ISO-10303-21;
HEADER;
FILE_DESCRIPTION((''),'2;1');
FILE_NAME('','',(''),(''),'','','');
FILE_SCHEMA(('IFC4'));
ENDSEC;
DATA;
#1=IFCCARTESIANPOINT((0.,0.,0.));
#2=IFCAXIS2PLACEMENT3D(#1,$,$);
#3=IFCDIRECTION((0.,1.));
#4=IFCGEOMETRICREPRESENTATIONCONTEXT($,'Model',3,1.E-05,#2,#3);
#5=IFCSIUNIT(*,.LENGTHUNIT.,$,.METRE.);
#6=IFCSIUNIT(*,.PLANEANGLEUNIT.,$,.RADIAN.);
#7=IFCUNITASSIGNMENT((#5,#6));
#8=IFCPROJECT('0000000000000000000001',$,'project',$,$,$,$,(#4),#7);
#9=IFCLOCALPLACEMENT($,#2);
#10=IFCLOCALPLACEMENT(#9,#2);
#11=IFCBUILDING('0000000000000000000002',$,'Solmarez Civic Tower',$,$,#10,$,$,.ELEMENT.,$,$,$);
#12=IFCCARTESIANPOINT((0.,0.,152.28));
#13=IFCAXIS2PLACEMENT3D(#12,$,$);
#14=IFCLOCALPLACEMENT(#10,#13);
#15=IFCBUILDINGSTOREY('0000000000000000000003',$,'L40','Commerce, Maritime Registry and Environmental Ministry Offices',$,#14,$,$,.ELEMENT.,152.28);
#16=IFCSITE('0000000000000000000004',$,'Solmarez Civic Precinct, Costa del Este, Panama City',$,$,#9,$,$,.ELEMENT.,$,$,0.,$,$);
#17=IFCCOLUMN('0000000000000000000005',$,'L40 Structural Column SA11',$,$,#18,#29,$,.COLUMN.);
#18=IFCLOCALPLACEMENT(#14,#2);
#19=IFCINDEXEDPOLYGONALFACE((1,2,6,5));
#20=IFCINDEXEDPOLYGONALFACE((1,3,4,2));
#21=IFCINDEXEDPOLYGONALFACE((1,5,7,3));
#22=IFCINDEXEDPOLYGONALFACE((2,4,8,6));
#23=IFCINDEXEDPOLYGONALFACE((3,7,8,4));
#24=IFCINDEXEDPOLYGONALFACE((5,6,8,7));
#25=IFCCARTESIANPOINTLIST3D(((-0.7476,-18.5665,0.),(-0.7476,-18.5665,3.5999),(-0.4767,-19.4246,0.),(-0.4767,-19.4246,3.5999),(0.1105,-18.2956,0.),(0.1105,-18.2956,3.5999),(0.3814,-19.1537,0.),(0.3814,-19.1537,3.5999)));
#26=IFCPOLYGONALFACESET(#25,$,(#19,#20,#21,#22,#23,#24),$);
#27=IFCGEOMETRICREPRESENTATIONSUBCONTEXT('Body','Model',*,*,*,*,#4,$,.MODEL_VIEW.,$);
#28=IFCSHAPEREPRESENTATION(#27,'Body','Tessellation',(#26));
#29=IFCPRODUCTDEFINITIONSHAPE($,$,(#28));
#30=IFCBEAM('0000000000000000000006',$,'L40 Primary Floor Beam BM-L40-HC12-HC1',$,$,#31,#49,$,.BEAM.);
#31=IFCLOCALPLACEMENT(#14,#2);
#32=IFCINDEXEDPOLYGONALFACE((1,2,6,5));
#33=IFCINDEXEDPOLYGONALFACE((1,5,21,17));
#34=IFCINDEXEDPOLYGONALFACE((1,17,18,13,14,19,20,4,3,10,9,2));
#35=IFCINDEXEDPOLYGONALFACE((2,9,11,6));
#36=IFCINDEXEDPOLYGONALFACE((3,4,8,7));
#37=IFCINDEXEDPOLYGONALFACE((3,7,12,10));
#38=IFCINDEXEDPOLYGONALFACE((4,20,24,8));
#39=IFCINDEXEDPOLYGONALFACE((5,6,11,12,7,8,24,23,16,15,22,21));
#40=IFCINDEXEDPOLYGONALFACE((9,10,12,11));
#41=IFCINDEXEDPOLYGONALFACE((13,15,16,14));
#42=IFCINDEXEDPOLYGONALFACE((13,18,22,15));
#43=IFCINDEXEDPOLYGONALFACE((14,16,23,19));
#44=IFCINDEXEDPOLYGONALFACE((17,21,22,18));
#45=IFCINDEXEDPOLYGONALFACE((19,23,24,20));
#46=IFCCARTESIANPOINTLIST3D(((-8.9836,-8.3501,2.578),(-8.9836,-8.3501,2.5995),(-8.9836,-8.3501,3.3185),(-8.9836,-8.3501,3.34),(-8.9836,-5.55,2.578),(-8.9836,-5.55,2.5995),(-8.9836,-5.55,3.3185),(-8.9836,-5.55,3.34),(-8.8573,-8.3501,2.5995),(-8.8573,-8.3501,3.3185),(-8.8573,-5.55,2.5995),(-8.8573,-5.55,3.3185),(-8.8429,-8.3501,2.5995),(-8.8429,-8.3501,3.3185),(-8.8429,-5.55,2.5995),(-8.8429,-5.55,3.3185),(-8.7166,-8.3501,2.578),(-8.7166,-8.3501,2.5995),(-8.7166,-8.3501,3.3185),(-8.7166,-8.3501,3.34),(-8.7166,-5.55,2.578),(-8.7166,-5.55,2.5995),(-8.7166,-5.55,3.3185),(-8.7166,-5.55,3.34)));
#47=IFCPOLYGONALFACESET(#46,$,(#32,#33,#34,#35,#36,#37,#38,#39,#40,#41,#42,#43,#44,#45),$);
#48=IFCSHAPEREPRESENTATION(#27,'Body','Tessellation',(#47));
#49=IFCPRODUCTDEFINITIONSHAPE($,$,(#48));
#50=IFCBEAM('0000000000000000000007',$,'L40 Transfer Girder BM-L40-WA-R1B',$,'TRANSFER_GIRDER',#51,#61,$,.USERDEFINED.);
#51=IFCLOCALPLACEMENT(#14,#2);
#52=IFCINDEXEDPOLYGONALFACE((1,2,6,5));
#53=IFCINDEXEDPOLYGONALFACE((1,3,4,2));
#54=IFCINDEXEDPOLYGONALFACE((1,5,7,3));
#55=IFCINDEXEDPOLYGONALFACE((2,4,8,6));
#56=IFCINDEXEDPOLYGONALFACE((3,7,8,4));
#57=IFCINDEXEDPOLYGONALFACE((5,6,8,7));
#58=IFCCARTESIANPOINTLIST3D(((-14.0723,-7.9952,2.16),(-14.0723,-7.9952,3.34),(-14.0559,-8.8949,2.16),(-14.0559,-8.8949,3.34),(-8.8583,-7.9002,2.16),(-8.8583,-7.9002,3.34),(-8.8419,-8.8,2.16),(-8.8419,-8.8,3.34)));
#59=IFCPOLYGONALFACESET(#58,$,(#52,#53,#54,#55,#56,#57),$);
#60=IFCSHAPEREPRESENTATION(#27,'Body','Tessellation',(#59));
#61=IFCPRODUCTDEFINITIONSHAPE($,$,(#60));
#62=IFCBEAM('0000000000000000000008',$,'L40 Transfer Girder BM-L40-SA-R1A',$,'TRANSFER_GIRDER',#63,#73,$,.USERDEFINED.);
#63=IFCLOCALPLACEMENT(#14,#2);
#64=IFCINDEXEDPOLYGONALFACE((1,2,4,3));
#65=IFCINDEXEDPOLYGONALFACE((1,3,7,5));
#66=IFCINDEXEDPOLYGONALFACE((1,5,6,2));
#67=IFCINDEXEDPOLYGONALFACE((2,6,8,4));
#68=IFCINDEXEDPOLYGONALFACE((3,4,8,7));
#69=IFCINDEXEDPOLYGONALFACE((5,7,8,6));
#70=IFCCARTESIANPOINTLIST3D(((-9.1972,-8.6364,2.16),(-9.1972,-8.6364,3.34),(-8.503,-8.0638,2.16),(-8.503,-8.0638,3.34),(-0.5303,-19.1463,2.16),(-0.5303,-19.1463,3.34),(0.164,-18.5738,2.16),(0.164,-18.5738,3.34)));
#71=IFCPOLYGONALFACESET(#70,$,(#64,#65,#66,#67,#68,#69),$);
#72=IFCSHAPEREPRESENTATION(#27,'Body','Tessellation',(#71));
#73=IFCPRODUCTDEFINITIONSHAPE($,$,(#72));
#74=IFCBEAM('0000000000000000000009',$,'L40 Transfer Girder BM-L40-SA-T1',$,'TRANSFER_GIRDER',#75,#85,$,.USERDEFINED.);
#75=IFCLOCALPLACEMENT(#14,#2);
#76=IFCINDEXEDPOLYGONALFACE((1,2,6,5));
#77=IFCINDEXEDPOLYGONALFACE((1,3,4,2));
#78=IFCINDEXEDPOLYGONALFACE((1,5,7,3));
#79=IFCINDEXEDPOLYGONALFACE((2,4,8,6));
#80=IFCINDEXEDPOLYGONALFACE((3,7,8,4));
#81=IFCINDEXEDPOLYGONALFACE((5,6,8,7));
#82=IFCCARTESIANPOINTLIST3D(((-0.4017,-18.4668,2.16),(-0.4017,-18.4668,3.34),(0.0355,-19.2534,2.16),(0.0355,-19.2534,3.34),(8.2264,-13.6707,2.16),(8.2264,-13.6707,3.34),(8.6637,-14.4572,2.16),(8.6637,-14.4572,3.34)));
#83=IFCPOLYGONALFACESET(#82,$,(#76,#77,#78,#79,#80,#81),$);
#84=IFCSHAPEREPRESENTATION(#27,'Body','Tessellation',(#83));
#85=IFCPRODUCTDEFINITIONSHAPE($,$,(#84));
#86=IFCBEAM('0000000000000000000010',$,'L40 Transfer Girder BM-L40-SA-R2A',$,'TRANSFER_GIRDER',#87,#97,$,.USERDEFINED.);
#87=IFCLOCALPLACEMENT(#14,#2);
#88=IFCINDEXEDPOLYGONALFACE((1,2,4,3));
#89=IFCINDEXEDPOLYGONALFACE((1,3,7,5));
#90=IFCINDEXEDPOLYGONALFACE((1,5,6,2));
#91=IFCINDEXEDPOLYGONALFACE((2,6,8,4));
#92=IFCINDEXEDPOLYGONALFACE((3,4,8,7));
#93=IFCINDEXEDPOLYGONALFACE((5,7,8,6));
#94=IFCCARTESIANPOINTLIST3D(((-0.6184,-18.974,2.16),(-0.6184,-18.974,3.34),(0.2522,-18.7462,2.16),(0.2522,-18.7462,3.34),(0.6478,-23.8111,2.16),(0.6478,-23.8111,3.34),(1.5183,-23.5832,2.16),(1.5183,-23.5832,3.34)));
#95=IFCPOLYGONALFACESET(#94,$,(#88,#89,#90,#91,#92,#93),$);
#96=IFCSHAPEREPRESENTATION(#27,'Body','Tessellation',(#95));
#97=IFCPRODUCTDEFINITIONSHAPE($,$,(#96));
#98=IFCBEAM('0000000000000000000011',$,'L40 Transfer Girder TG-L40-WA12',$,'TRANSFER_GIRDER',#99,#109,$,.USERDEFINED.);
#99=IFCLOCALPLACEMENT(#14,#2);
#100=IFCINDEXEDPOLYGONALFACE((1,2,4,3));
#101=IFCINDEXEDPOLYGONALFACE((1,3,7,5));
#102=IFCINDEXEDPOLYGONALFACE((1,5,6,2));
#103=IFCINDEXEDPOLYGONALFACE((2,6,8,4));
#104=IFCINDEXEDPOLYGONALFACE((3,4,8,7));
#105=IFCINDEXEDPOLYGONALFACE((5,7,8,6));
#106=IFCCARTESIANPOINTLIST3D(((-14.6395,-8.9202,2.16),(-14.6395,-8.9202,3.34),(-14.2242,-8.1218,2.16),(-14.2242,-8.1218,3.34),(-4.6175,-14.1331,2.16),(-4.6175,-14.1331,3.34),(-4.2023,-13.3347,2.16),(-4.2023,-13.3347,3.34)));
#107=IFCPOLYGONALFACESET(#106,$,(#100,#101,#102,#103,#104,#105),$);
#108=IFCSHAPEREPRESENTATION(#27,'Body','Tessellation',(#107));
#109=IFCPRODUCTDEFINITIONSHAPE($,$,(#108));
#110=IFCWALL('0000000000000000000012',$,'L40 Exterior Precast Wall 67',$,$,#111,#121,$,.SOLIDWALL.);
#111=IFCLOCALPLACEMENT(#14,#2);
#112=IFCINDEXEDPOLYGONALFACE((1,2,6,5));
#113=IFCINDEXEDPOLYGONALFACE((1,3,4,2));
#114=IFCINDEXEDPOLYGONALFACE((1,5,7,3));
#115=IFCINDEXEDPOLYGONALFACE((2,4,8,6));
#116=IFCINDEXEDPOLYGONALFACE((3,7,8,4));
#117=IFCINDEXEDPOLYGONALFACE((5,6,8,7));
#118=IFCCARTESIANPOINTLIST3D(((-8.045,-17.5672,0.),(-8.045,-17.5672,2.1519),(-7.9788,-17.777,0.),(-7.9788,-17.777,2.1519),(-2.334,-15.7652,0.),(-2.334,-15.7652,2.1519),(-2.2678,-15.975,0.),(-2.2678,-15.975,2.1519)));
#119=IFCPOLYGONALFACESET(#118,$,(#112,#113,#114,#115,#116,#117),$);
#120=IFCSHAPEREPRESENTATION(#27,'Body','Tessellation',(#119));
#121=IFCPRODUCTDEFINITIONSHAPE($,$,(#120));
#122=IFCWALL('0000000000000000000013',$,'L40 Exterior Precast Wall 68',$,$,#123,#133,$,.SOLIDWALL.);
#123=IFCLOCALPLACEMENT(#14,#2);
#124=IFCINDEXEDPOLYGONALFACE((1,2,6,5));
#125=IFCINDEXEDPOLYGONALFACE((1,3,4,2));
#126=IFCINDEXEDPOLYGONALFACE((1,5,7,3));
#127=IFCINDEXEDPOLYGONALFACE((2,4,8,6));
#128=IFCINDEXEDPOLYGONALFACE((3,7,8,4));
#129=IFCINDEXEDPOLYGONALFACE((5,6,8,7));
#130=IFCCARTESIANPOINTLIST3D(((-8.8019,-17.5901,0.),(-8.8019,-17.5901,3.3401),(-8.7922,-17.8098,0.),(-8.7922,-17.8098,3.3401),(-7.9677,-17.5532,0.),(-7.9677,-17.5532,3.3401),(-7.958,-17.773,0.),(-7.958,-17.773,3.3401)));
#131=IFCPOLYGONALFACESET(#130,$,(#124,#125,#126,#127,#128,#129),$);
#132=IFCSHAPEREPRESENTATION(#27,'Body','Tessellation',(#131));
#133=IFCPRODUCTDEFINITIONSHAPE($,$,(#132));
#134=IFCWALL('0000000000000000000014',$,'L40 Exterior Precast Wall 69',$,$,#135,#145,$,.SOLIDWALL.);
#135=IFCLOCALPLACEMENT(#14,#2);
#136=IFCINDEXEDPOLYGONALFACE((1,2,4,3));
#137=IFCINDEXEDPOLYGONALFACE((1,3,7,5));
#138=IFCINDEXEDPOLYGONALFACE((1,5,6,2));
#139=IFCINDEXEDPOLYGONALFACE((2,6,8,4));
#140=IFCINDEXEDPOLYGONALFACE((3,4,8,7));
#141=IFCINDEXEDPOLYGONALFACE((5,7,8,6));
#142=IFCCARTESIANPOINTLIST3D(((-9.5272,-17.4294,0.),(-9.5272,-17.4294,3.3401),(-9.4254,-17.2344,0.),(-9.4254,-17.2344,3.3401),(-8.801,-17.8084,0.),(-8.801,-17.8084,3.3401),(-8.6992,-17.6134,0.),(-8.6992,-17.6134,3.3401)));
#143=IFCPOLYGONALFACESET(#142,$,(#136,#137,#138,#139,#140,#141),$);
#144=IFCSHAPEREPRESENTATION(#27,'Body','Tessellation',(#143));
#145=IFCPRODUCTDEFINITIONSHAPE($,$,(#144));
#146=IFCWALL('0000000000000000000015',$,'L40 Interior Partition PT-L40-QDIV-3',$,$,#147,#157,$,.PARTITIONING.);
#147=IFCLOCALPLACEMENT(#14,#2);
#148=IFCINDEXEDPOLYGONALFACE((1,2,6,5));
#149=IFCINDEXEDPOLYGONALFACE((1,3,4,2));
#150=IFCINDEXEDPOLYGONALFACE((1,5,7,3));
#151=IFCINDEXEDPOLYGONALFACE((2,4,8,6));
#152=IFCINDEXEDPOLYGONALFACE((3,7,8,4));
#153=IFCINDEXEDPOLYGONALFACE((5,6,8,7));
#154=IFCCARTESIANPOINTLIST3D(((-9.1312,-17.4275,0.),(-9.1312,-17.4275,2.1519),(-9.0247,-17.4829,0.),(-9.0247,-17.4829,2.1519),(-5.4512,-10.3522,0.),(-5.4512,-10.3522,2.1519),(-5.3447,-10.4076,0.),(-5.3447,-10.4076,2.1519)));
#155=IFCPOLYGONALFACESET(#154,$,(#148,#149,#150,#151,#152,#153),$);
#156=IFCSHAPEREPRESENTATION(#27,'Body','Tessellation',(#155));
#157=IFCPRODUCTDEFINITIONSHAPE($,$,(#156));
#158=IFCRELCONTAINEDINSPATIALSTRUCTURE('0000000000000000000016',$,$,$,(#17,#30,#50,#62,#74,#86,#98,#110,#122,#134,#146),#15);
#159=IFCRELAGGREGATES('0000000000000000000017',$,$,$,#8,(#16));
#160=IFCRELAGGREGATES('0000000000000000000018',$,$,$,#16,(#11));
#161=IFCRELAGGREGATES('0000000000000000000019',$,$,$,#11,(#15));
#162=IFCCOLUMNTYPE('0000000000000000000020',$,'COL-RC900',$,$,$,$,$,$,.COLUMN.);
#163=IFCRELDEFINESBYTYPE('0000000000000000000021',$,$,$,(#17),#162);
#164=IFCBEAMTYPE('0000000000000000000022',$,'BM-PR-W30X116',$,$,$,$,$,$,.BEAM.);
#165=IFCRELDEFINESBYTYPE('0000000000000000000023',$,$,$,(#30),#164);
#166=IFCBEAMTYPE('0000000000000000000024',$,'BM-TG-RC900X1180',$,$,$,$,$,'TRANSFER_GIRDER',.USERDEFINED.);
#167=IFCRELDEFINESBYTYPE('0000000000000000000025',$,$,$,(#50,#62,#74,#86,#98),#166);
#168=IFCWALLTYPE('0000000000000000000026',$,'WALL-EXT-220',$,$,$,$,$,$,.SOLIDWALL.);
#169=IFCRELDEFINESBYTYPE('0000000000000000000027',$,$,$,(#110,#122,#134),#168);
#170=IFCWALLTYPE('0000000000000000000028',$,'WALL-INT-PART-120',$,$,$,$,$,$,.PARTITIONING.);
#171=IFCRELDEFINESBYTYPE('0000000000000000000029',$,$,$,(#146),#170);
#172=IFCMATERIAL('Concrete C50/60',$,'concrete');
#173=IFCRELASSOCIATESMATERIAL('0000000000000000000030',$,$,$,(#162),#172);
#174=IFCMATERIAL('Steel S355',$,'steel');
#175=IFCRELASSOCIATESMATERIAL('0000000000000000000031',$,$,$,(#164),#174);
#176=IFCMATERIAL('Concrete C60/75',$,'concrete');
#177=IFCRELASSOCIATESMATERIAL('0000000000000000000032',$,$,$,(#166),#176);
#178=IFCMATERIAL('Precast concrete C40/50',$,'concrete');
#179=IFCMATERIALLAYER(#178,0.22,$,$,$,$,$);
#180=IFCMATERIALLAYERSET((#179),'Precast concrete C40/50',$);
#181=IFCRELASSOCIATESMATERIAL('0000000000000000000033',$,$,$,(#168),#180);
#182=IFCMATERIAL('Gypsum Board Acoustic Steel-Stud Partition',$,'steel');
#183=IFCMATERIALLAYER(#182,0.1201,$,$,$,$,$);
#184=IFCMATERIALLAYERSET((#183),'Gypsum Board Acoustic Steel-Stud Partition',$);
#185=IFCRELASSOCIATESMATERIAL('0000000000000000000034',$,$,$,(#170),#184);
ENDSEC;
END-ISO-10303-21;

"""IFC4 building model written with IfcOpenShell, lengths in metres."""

from ifc_helpers import new_model, si_unit, direction, frame, frame_2d, origin, origin_2d, place, context, subcontext, project, spatial, rectangle, i_section, extrude, material, layer, layer_set, material_profile, profile_set, type_object, element, save


model = new_model("IFC4")

# Units and contexts
model_context = context("Model", 3, precision=1e-05, world=origin(), true_north=direction((0.0, 1.0)))
body_context = subcontext(model_context, "Body", "Model", "MODEL_VIEW")
ifc_project = project(units=[si_unit("LENGTHUNIT", "METRE"), si_unit("PLANEANGLEUNIT", "RADIAN")], contexts=[model_context])

# Site, building, storey
site_placement = place(None, origin())
site = spatial("IfcSite", under=ifc_project, at=site_placement, Name="Solmarez Civic Precinct, Costa del Este, Panama City", CompositionType="ELEMENT", RefElevation=0.0)
building_placement = place(site_placement, origin())
building = spatial("IfcBuilding", under=site, at=building_placement, Name="Solmarez Civic Tower", CompositionType="ELEMENT")
storey_placement = place(building_placement, frame((0.0, 0.0, 152.28)))
storey = spatial("IfcBuildingStorey", under=building, at=storey_placement, Name="L40", Description="Commerce, Maritime Registry and Environmental Ministry Offices", CompositionType="ELEMENT", Elevation=152.28)

# Column
ifc_material_1 = material(Name="Concrete C50/60", Category="concrete")
ifc_material_profile_1 = material_profile(ifc_material_1, rectangle(XDim=0.8999, YDim=0.8999, at=origin_2d()), Name="RC900X900")
ifc_profile_set_1 = profile_set([ifc_material_profile_1], Name="Concrete C50/60")
column_type = type_object("IfcColumnType", Name="COL-RC900", PredefinedType="COLUMN", material=ifc_profile_set_1)
column_placement = place(storey_placement, frame((-0.1831, -18.8601, 0.0), z_axis=(0.0, 0.0, 1.0), x_axis=(0.953612, 0.301039, 0.0)))
element("IfcColumn", 1, at=column_placement, inside=storey, type_object=column_type, Name="L40 Structural Column SA11", PredefinedType="COLUMN", context=body_context, shape_type="SweptSolid", body=[
    extrude(rectangle(XDim=0.8999, YDim=0.8999, at=origin_2d()), origin(), (0.0, 0.0, 1.0), 3.5999),
])

# Beams
ifc_material_2 = material(Name="Steel S355", Category="steel")
ifc_material_profile_2 = material_profile(ifc_material_2, i_section(OverallWidth=0.2671, OverallDepth=0.762, WebThickness=0.0144, FlangeThickness=0.0215, at=origin_2d()), Name="W30X116")
ifc_profile_set_2 = profile_set([ifc_material_profile_2], Name="Steel S355")
beam_type_1 = type_object("IfcBeamType", Name="BM-PR-W30X116", PredefinedType="BEAM", material=ifc_profile_set_2)
beam_1_placement = place(storey_placement, frame((-8.8501, -8.3501, 2.959), z_axis=(0.0, 1.0, 0.0), x_axis=(-1.0, 0.0, 0.0)))
element("IfcBeam", 2, at=beam_1_placement, inside=storey, type_object=beam_type_1, Name="L40 Primary Floor Beam BM-L40-HC12-HC1", PredefinedType="BEAM", context=body_context, shape_type="SweptSolid", body=[
    extrude(i_section(OverallWidth=0.2671, OverallDepth=0.762, WebThickness=0.0144, FlangeThickness=0.0215, at=origin_2d()), origin(), (0.0, 0.0, 1.0), 2.8),
])
ifc_material_3 = material(Name="Concrete C60/75", Category="concrete")
ifc_material_profile_3 = material_profile(ifc_material_3, rectangle(XDim=0.8999, YDim=1.1799, at=origin_2d()), Name="RC900X1180")
ifc_profile_set_3 = profile_set([ifc_material_profile_3], Name="Concrete C60/75")
beam_type_2 = type_object("IfcBeamType", Name="BM-TG-RC900X1180", ElementType="TRANSFER_GIRDER", PredefinedType="USERDEFINED", material=ifc_profile_set_3)
beam_2_placement = place(storey_placement, frame((-8.8501, -8.3501, 2.75), z_axis=(-0.999834, -0.018212, 0.0), x_axis=(0.018212, -0.999834, 0.0)))
element("IfcBeam", 3, at=beam_2_placement, inside=storey, type_object=beam_type_2, Name="L40 Transfer Girder BM-L40-WA-R1B", ObjectType="TRANSFER_GIRDER", PredefinedType="USERDEFINED", context=body_context, shape_type="SweptSolid", body=[
    extrude(rectangle(XDim=0.8999, YDim=1.1799, at=origin_2d()), origin(), (0.0, 0.0, 1.0), 5.2148),
])
beam_3_placement = place(storey_placement, frame((-8.8501, -8.3501, 2.75), z_axis=(0.636218, -0.771509, 0.0), x_axis=(0.771509, 0.636218, 0.0)))
element("IfcBeam", 4, at=beam_3_placement, inside=storey, type_object=beam_type_2, Name="L40 Transfer Girder BM-L40-SA-R1A", ObjectType="TRANSFER_GIRDER", PredefinedType="USERDEFINED", context=body_context, shape_type="SweptSolid", body=[
    extrude(rectangle(XDim=0.8999, YDim=1.1799, at=origin_2d()), origin(), (0.0, 0.0, 1.0), 13.6226),
])
beam_4_placement = place(storey_placement, frame((-0.1831, -18.8601, 2.75), z_axis=(0.874041, 0.485853, 0.0), x_axis=(-0.485853, 0.874041, 0.0)))
element("IfcBeam", 5, at=beam_4_placement, inside=storey, type_object=beam_type_2, Name="L40 Transfer Girder BM-L40-SA-T1", ObjectType="TRANSFER_GIRDER", PredefinedType="USERDEFINED", context=body_context, shape_type="SweptSolid", body=[
    extrude(rectangle(XDim=0.8999, YDim=1.1799, at=origin_2d()), origin(), (0.0, 0.0, 1.0), 9.8716),
])
beam_5_placement = place(storey_placement, frame((-0.1831, -18.8601, 2.75), z_axis=(0.253229, -0.967406, 0.0), x_axis=(0.967406, 0.253229, 0.0)))
element("IfcBeam", 6, at=beam_5_placement, inside=storey, type_object=beam_type_2, Name="L40 Transfer Girder BM-L40-SA-R2A", ObjectType="TRANSFER_GIRDER", PredefinedType="USERDEFINED", context=body_context, shape_type="SweptSolid", body=[
    extrude(rectangle(XDim=0.8999, YDim=1.1799, at=origin_2d()), origin(), (0.0, 0.0, 1.0), 5.0),
])
beam_6_placement = place(storey_placement, frame((-4.4099, -13.7339, 2.75), z_axis=(-0.887164, 0.461455, 0.0), x_axis=(-0.461455, -0.887164, 0.0)))
element("IfcBeam", 7, at=beam_6_placement, inside=storey, type_object=beam_type_2, Name="L40 Transfer Girder TG-L40-WA12", ObjectType="TRANSFER_GIRDER", PredefinedType="USERDEFINED", context=body_context, shape_type="SweptSolid", body=[
    extrude(rectangle(XDim=0.8999, YDim=1.1799, at=origin_2d()), origin(), (0.0, 0.0, 1.0), 11.2966),
])

# Walls
ifc_material_4 = material(Name="Precast concrete C40/50", Category="concrete")
ifc_layer_1 = layer(ifc_material_4, 0.22)
ifc_layer_set_1 = layer_set([ifc_layer_1], Name="Precast concrete C40/50")
wall_type_1 = type_object("IfcWallType", Name="WALL-EXT-220", PredefinedType="SOLIDWALL", material=ifc_layer_set_1)
wall_1_placement = place(storey_placement, frame((-2.301, -15.8701, 0.0), z_axis=(0.0, 0.0, 1.0), x_axis=(-0.953652, -0.300911, 0.0)))
element("IfcWall", 8, at=wall_1_placement, inside=storey, type_object=wall_type_1, Name="L40 Exterior Precast Wall 67", PredefinedType="SOLIDWALL", context=body_context, shape_type="SweptSolid", body=[
    extrude(rectangle(XDim=5.9885, YDim=0.22, at=frame_2d((2.9941, 0.0))), origin(), (0.0, 0.0, 1.0), 2.1519),
])
wall_2_placement = place(storey_placement, frame((-7.9629, -17.6631, 0.0), z_axis=(0.0, 0.0, 1.0), x_axis=(-0.999025, -0.044148, 0.0)))
element("IfcWall", 9, at=wall_2_placement, inside=storey, type_object=wall_type_1, Name="L40 Exterior Precast Wall 68", PredefinedType="SOLIDWALL", context=body_context, shape_type="SweptSolid", body=[
    extrude(rectangle(XDim=0.835, YDim=0.22, at=frame_2d((0.4175, 0.0))), origin(), (0.0, 0.0, 1.0), 3.3401),
])
wall_3_placement = place(storey_placement, frame((-8.75, -17.7109, 0.0), z_axis=(0.0, 0.0, 1.0), x_axis=(-0.886542, 0.462648, 0.0)))
element("IfcWall", 10, at=wall_3_placement, inside=storey, type_object=wall_type_1, Name="L40 Exterior Precast Wall 69", PredefinedType="SOLIDWALL", context=body_context, shape_type="SweptSolid", body=[
    extrude(rectangle(XDim=0.8191, YDim=0.22, at=frame_2d((0.4097, 0.0))), origin(), (0.0, 0.0, 1.0), 3.3401),
])
ifc_material_5 = material(Name="Gypsum Board Acoustic Steel-Stud Partition", Category="steel")
ifc_layer_2 = layer(ifc_material_5, 0.1201)
ifc_layer_set_2 = layer_set([ifc_layer_2], Name="Gypsum Board Acoustic Steel-Stud Partition")
wall_type_2 = type_object("IfcWallType", Name="WALL-INT-PART-120", PredefinedType="PARTITIONING", material=ifc_layer_set_2)
wall_4_placement = place(storey_placement, frame((-5.3979, -10.3799, 0.0), z_axis=(0.0, 0.0, 1.0), x_axis=(-0.461435, -0.887174, 0.0)))
element("IfcWall", 11, at=wall_4_placement, inside=storey, type_object=wall_type_2, Name="L40 Interior Partition PT-L40-QDIV-3", PredefinedType="PARTITIONING", context=body_context, shape_type="SweptSolid", body=[
    extrude(rectangle(XDim=7.9751, YDim=0.1201, at=frame_2d((3.9875, 0.0))), origin(), (0.0, 0.0, 1.0), 2.1519),
])

save(model, "model.ifc")
